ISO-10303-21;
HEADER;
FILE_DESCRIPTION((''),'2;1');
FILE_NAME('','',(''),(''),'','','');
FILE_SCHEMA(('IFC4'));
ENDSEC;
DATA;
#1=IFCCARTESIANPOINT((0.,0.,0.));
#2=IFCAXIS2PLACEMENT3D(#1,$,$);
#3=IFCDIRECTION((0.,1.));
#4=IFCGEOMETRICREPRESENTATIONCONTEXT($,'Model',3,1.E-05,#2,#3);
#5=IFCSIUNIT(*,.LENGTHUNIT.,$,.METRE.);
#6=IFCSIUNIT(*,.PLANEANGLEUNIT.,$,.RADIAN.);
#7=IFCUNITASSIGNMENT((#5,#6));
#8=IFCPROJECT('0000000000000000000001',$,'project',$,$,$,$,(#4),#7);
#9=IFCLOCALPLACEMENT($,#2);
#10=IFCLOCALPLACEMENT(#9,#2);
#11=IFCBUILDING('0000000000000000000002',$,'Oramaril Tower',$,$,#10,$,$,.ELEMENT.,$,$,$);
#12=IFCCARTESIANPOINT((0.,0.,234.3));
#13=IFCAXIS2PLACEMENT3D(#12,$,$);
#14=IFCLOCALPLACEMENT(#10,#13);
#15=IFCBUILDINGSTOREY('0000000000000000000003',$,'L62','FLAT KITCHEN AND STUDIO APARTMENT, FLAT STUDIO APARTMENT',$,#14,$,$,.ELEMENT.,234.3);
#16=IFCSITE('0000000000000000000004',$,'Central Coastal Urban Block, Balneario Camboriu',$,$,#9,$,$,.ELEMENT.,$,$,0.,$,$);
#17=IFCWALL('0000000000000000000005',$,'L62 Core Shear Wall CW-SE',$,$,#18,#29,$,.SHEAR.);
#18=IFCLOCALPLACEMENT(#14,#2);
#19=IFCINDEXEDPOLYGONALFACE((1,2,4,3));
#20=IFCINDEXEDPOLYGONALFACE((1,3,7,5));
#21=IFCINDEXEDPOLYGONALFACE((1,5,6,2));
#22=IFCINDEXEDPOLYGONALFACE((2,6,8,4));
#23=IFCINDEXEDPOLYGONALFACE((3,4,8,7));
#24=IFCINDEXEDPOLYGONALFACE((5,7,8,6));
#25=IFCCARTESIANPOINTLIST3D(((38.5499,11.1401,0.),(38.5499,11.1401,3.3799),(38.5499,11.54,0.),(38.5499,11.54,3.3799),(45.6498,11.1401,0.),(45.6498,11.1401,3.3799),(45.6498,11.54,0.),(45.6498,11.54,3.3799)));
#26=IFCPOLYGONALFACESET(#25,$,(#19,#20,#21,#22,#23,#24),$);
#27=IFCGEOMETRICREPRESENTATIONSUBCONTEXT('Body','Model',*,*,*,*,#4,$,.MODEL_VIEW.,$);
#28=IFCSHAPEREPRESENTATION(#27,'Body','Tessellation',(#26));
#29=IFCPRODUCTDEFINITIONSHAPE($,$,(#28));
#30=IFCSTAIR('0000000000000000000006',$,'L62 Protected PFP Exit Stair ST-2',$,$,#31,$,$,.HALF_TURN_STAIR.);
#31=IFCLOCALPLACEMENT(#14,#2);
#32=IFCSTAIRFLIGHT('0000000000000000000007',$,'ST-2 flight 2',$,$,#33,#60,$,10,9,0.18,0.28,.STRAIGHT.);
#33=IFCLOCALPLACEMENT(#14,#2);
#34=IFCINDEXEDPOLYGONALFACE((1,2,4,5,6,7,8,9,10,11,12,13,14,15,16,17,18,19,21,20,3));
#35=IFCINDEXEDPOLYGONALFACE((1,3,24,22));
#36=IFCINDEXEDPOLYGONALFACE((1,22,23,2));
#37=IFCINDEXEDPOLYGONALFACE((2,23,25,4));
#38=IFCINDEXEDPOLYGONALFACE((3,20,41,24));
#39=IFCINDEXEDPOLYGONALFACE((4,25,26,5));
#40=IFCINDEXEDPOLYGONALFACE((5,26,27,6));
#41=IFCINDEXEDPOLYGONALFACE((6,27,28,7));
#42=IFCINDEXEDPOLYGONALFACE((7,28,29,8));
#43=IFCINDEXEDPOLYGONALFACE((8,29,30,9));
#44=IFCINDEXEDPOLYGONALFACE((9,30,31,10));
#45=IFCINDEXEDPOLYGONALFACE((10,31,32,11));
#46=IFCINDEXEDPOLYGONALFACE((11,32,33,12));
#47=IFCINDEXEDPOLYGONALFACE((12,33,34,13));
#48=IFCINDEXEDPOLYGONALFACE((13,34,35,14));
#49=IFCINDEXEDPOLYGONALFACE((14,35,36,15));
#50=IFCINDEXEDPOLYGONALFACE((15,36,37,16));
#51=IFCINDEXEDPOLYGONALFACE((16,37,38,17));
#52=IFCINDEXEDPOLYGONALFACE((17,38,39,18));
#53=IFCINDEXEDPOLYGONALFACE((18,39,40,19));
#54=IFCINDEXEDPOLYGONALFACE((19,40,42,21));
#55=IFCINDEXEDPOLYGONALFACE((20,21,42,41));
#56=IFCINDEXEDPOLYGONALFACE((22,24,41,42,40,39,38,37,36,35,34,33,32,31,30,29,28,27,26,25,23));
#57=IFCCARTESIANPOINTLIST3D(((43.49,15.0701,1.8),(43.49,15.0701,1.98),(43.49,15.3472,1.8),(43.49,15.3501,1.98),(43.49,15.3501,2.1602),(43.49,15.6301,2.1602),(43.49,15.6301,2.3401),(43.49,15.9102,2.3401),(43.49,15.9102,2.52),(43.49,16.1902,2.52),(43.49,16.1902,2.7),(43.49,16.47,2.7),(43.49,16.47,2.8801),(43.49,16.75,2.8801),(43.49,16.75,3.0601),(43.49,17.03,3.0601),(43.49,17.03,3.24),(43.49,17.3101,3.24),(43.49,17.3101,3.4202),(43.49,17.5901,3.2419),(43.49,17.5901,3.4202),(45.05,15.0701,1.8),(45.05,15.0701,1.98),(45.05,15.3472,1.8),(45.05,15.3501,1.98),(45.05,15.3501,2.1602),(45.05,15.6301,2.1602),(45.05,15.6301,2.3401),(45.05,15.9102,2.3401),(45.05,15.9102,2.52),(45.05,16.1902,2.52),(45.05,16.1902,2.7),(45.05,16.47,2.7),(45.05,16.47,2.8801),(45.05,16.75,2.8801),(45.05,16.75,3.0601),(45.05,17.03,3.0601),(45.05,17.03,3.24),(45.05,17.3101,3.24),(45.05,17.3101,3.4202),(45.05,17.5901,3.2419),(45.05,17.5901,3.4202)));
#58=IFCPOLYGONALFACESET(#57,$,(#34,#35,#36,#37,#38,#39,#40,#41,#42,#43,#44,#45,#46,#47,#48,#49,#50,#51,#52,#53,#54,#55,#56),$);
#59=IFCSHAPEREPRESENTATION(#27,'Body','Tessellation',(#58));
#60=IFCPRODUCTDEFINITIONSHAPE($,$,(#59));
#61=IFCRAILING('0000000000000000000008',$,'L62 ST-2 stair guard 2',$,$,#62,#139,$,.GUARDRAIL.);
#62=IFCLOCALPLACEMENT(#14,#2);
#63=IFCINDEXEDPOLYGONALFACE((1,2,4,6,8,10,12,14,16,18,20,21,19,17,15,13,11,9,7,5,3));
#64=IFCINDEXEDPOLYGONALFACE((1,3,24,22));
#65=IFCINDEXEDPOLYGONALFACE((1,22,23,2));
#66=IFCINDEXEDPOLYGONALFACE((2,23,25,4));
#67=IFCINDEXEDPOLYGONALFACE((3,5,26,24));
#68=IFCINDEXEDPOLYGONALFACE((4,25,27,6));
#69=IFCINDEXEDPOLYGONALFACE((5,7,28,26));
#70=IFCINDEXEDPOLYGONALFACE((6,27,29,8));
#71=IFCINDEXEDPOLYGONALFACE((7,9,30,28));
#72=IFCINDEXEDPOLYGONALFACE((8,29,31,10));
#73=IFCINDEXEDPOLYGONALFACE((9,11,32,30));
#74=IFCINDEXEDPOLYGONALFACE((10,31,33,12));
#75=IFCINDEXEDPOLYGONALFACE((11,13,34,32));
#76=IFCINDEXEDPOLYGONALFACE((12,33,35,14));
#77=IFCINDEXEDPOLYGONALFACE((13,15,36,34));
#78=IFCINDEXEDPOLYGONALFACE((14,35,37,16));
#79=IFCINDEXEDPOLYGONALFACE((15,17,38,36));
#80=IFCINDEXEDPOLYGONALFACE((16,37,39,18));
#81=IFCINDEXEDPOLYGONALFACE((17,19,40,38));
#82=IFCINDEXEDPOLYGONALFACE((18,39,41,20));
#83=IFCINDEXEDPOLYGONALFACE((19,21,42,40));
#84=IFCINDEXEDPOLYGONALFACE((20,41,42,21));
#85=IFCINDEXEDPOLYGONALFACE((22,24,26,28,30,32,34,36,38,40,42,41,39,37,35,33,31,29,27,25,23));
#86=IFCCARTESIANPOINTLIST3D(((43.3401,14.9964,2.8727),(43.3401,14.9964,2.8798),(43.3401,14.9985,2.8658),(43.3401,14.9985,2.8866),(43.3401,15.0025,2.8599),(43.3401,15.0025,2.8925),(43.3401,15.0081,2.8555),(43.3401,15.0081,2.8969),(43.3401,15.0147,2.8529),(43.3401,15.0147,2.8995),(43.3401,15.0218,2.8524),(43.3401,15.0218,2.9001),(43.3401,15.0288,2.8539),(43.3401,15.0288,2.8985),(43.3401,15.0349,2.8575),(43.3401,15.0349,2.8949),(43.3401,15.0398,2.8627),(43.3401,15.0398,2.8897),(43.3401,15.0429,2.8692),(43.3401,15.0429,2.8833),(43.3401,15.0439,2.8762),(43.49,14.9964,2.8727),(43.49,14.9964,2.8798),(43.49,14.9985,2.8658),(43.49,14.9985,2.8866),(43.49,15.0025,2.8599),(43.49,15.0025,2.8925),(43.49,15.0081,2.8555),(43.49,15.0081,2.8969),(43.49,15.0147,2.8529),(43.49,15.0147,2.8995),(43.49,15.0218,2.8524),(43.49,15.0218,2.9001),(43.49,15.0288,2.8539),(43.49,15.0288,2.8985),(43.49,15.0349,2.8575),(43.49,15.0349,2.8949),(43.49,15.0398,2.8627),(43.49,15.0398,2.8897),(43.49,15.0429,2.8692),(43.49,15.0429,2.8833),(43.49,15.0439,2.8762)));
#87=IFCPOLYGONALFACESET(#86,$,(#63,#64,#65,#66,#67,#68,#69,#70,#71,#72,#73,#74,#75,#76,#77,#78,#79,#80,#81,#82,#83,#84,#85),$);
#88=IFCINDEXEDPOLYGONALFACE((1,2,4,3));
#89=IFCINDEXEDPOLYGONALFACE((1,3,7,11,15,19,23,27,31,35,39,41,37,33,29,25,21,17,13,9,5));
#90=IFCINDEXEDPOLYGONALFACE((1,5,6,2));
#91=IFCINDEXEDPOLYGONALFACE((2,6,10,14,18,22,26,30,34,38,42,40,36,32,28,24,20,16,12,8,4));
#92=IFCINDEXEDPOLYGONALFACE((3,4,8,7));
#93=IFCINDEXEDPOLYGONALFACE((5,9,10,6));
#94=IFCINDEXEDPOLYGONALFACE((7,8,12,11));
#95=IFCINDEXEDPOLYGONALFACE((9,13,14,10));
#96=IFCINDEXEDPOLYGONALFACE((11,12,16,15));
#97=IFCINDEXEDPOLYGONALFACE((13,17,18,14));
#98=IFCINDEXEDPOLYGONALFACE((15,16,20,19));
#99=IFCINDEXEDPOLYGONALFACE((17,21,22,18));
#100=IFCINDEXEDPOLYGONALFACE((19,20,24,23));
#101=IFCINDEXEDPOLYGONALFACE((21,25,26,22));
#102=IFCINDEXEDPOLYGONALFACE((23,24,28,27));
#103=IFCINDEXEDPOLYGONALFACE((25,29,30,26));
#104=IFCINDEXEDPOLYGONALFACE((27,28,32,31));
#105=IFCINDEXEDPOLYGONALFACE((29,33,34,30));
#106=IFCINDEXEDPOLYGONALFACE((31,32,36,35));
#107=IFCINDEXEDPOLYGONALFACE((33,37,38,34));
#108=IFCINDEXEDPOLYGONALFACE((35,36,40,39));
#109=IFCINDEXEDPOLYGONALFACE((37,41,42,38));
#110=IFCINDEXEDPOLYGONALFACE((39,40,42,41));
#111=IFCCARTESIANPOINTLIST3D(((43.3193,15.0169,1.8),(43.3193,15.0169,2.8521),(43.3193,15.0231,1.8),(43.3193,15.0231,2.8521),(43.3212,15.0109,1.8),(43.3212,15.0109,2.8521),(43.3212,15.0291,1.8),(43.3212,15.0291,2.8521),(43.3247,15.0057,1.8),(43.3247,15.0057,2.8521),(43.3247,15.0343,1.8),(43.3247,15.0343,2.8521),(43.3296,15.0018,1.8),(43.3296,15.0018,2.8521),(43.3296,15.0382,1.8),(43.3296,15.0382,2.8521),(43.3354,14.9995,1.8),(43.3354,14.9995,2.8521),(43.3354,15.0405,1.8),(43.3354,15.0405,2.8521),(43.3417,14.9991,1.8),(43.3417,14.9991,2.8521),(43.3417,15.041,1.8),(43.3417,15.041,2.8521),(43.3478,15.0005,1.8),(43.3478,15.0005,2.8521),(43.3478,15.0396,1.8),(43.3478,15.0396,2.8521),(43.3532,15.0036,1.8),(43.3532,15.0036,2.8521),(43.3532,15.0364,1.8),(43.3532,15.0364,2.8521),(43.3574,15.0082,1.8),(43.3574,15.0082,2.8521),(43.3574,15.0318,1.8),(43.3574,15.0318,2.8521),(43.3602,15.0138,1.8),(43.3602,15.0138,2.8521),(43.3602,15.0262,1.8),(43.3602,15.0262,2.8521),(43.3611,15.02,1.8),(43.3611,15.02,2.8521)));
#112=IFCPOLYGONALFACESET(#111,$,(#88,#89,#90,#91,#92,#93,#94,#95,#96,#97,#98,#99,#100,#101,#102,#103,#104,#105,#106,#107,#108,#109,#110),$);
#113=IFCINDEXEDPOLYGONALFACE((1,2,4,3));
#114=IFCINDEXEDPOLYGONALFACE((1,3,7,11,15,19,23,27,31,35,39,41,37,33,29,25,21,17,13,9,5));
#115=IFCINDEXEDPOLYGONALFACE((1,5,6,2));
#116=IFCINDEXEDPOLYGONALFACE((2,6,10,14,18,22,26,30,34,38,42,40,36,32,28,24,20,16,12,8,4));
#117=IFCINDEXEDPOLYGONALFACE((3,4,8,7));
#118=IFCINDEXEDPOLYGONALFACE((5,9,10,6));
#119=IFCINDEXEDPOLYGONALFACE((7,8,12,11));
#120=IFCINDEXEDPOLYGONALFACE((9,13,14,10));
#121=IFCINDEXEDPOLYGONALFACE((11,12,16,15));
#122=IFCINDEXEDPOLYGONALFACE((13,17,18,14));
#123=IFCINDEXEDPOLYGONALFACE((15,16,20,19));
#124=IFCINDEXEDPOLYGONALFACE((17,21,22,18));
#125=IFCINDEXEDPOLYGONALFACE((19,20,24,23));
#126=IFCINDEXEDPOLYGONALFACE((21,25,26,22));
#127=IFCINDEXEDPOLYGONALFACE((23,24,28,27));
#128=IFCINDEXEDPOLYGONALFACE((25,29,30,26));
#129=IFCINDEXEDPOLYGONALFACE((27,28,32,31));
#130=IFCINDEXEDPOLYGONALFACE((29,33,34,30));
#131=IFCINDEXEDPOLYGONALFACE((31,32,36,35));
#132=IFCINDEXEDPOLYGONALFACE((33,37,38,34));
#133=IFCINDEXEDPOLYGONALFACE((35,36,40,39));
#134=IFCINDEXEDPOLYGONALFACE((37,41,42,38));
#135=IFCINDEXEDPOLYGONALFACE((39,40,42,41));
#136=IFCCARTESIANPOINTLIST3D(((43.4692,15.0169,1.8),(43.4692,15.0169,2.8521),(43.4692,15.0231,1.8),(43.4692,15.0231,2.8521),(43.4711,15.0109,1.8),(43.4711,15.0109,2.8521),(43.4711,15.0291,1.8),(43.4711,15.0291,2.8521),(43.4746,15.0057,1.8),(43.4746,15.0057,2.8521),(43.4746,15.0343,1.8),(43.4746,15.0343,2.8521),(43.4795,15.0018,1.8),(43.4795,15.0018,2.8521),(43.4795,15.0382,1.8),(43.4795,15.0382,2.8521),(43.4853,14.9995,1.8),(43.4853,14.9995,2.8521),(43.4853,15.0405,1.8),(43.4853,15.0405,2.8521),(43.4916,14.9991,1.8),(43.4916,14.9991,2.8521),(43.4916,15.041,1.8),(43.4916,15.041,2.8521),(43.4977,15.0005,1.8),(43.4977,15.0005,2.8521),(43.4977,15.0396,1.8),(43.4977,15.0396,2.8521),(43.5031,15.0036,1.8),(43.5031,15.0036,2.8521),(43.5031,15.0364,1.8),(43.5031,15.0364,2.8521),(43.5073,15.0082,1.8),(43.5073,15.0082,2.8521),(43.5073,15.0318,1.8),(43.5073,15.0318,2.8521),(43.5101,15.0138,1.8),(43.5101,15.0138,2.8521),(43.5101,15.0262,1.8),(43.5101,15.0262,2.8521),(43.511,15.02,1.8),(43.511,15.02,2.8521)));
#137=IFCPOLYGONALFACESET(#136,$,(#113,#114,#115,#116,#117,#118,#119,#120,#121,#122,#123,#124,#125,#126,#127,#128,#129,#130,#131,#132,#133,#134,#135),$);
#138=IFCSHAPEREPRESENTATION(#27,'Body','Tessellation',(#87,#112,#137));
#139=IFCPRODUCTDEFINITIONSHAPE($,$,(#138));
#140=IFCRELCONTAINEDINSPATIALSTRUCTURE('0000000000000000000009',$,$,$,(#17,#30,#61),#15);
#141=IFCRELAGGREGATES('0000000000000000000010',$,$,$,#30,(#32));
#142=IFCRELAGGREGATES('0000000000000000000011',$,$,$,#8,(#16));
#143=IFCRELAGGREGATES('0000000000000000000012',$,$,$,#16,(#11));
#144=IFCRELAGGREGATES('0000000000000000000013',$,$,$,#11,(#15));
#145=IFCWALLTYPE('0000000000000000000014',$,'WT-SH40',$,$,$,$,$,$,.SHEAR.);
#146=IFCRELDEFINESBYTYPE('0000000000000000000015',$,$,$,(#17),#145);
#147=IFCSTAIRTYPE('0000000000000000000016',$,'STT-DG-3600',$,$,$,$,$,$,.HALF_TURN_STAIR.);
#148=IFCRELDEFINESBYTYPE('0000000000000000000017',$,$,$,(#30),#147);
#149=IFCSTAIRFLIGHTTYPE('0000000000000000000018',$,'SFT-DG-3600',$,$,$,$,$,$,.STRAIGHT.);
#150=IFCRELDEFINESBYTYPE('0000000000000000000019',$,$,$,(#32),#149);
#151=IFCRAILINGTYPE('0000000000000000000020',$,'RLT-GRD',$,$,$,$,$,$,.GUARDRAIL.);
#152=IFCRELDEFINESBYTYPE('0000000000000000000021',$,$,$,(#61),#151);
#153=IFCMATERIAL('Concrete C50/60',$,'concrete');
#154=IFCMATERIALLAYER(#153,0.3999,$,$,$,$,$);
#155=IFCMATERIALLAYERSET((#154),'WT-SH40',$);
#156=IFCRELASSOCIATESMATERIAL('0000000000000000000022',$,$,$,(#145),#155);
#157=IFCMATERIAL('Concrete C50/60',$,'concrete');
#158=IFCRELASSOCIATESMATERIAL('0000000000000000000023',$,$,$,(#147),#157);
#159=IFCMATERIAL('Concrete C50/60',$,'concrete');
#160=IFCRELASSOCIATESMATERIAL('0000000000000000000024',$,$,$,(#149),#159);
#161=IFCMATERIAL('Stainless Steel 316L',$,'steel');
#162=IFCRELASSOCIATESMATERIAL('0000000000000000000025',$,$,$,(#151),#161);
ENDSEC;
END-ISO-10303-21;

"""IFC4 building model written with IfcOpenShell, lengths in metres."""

from ifc_helpers import new_model, si_unit, direction, frame, frame_2d, origin, origin_2d, place, context, subcontext, project, spatial, polyline, rectangle, circle, outline, extrude, material, layer, layer_set, type_object, element, aggregate, save


model = new_model("IFC4")

# Units and contexts
model_context = context("Model", 3, precision=1e-05, world=origin(), true_north=direction((0.0, 1.0)))
body_context = subcontext(model_context, "Body", "Model", "MODEL_VIEW")
ifc_project = project(units=[si_unit("LENGTHUNIT", "METRE"), si_unit("PLANEANGLEUNIT", "RADIAN")], contexts=[model_context])

# Site, building, storey
site_placement = place(None, origin())
site = spatial("IfcSite", under=ifc_project, at=site_placement, Name="Central Coastal Urban Block, Balneario Camboriu", CompositionType="ELEMENT", RefElevation=0.0)
building_placement = place(site_placement, origin())
building = spatial("IfcBuilding", under=site, at=building_placement, Name="Oramaril Tower", CompositionType="ELEMENT")
storey_placement = place(building_placement, frame((0.0, 0.0, 234.3)))
storey = spatial("IfcBuildingStorey", under=building, at=storey_placement, Name="L62", Description="FLAT KITCHEN AND STUDIO APARTMENT, FLAT STUDIO APARTMENT", CompositionType="ELEMENT", Elevation=234.3)

# Wall
ifc_material_1 = material(Name="Concrete C50/60", Category="concrete")
ifc_layer_1 = layer(ifc_material_1, 0.3999)
ifc_layer_set_1 = layer_set([ifc_layer_1], Name="WT-SH40")
wall_type_1 = type_object("IfcWallType", Name="WT-SH40", PredefinedType="SHEAR", material=ifc_layer_set_1)
wall_1_placement = place(storey_placement, frame((38.55, 11.3401, 0.0), z_axis=(0.0, 0.0, 1.0), x_axis=(1.0, 0.0, 0.0)))
element("IfcWall", 1, at=wall_1_placement, inside=storey, type_object=wall_type_1, Name="L62 Core Shear Wall CW-SE", PredefinedType="SHEAR", context=body_context, shape_type="SweptSolid", body=[
    extrude(rectangle(XDim=7.0999, YDim=0.3999, at=frame_2d((3.5498, 0.0))), origin(), (0.0, 0.0, 1.0), 3.3799),
])

# Stair, stair flight
ifc_material_2 = material(Name="Concrete C50/60", Category="concrete")
stair_type = type_object("IfcStairType", Name="STT-DG-3600", PredefinedType="HALF_TURN_STAIR", material=ifc_material_2)
stair_placement = place(storey_placement, origin())
stair = element("IfcStair", 2, at=stair_placement, inside=storey, type_object=stair_type, Name="L62 Protected PFP Exit Stair ST-2", PredefinedType="HALF_TURN_STAIR")
ifc_material_3 = material(Name="Concrete C50/60", Category="concrete")
stair_flight_type = type_object("IfcStairFlightType", Name="SFT-DG-3600", PredefinedType="STRAIGHT", material=ifc_material_3)
stair_flight_placement = place(storey_placement, frame((44.27, 15.0701, 1.8), z_axis=(0.0, 0.0, 1.0), x_axis=(0.0, 1.0, 0.0)))
stair_flight = element("IfcStairFlight", 3, at=stair_flight_placement, type_object=stair_flight_type, Name="ST-2 flight 2", NumberOfRisers=10, NumberOfTreads=9, PredefinedType="STRAIGHT", RiserHeight=0.18, TreadLength=0.28, context=body_context, shape_type="SweptSolid", body=[
    extrude(outline(polyline([(0.0, 0.0), (0.0, 0.1799), (0.28, 0.1799), (0.28, 0.3601), (0.5601, 0.3601), (0.5601, 0.54), (0.8401, 0.54), (0.8401, 0.72), (1.1201, 0.72), (1.1201, 0.8999), (1.3999, 0.8999), (1.3999, 1.0801), (1.6799, 1.0801), (1.6799, 1.26), (1.96, 1.26), (1.96, 1.4399), (2.24, 1.4399), (2.24, 1.6201), (2.52, 1.6201), (2.52, 1.8), (2.52, 1.4419), (0.2771, 0.0), (0.0, 0.0)])), frame((0.0, 0.78, 0.0), z_axis=(0.0, -1.0, 0.0), x_axis=(1.0, 0.0, 0.0)), (0.0, 0.0, 1.0), 1.5601),
])
aggregate(stair, [stair_flight])

# Railing
ifc_material_4 = material(Name="Stainless Steel 316L", Category="steel")
railing_type_1 = type_object("IfcRailingType", Name="RLT-GRD", PredefinedType="GUARDRAIL", material=ifc_material_4)
railing_1_placement = place(storey_placement, frame((43.3401, 15.02, 1.8)))
element("IfcRailing", 4, at=railing_1_placement, inside=storey, type_object=railing_type_1, Name="L62 ST-2 stair guard 2", PredefinedType="GUARDRAIL", context=body_context, shape_type="SweptSolid", body=[
    extrude(circle(Radius=0.0239, at=origin_2d()), frame((0.0, 0.0, 1.0762), z_axis=(1.0, 0.0, 0.0), x_axis=(0.0, 1.0, 0.0)), (0.0, 0.0, 1.0), 0.1499),
    extrude(circle(Radius=0.021, at=origin_2d()), origin(), (0.0, 0.0, 1.0), 1.052),
    extrude(circle(Radius=0.021, at=origin_2d()), frame((0.1499, 0.0, 0.0)), (0.0, 0.0, 1.0), 1.052),
])

save(model, "model.ifc")
